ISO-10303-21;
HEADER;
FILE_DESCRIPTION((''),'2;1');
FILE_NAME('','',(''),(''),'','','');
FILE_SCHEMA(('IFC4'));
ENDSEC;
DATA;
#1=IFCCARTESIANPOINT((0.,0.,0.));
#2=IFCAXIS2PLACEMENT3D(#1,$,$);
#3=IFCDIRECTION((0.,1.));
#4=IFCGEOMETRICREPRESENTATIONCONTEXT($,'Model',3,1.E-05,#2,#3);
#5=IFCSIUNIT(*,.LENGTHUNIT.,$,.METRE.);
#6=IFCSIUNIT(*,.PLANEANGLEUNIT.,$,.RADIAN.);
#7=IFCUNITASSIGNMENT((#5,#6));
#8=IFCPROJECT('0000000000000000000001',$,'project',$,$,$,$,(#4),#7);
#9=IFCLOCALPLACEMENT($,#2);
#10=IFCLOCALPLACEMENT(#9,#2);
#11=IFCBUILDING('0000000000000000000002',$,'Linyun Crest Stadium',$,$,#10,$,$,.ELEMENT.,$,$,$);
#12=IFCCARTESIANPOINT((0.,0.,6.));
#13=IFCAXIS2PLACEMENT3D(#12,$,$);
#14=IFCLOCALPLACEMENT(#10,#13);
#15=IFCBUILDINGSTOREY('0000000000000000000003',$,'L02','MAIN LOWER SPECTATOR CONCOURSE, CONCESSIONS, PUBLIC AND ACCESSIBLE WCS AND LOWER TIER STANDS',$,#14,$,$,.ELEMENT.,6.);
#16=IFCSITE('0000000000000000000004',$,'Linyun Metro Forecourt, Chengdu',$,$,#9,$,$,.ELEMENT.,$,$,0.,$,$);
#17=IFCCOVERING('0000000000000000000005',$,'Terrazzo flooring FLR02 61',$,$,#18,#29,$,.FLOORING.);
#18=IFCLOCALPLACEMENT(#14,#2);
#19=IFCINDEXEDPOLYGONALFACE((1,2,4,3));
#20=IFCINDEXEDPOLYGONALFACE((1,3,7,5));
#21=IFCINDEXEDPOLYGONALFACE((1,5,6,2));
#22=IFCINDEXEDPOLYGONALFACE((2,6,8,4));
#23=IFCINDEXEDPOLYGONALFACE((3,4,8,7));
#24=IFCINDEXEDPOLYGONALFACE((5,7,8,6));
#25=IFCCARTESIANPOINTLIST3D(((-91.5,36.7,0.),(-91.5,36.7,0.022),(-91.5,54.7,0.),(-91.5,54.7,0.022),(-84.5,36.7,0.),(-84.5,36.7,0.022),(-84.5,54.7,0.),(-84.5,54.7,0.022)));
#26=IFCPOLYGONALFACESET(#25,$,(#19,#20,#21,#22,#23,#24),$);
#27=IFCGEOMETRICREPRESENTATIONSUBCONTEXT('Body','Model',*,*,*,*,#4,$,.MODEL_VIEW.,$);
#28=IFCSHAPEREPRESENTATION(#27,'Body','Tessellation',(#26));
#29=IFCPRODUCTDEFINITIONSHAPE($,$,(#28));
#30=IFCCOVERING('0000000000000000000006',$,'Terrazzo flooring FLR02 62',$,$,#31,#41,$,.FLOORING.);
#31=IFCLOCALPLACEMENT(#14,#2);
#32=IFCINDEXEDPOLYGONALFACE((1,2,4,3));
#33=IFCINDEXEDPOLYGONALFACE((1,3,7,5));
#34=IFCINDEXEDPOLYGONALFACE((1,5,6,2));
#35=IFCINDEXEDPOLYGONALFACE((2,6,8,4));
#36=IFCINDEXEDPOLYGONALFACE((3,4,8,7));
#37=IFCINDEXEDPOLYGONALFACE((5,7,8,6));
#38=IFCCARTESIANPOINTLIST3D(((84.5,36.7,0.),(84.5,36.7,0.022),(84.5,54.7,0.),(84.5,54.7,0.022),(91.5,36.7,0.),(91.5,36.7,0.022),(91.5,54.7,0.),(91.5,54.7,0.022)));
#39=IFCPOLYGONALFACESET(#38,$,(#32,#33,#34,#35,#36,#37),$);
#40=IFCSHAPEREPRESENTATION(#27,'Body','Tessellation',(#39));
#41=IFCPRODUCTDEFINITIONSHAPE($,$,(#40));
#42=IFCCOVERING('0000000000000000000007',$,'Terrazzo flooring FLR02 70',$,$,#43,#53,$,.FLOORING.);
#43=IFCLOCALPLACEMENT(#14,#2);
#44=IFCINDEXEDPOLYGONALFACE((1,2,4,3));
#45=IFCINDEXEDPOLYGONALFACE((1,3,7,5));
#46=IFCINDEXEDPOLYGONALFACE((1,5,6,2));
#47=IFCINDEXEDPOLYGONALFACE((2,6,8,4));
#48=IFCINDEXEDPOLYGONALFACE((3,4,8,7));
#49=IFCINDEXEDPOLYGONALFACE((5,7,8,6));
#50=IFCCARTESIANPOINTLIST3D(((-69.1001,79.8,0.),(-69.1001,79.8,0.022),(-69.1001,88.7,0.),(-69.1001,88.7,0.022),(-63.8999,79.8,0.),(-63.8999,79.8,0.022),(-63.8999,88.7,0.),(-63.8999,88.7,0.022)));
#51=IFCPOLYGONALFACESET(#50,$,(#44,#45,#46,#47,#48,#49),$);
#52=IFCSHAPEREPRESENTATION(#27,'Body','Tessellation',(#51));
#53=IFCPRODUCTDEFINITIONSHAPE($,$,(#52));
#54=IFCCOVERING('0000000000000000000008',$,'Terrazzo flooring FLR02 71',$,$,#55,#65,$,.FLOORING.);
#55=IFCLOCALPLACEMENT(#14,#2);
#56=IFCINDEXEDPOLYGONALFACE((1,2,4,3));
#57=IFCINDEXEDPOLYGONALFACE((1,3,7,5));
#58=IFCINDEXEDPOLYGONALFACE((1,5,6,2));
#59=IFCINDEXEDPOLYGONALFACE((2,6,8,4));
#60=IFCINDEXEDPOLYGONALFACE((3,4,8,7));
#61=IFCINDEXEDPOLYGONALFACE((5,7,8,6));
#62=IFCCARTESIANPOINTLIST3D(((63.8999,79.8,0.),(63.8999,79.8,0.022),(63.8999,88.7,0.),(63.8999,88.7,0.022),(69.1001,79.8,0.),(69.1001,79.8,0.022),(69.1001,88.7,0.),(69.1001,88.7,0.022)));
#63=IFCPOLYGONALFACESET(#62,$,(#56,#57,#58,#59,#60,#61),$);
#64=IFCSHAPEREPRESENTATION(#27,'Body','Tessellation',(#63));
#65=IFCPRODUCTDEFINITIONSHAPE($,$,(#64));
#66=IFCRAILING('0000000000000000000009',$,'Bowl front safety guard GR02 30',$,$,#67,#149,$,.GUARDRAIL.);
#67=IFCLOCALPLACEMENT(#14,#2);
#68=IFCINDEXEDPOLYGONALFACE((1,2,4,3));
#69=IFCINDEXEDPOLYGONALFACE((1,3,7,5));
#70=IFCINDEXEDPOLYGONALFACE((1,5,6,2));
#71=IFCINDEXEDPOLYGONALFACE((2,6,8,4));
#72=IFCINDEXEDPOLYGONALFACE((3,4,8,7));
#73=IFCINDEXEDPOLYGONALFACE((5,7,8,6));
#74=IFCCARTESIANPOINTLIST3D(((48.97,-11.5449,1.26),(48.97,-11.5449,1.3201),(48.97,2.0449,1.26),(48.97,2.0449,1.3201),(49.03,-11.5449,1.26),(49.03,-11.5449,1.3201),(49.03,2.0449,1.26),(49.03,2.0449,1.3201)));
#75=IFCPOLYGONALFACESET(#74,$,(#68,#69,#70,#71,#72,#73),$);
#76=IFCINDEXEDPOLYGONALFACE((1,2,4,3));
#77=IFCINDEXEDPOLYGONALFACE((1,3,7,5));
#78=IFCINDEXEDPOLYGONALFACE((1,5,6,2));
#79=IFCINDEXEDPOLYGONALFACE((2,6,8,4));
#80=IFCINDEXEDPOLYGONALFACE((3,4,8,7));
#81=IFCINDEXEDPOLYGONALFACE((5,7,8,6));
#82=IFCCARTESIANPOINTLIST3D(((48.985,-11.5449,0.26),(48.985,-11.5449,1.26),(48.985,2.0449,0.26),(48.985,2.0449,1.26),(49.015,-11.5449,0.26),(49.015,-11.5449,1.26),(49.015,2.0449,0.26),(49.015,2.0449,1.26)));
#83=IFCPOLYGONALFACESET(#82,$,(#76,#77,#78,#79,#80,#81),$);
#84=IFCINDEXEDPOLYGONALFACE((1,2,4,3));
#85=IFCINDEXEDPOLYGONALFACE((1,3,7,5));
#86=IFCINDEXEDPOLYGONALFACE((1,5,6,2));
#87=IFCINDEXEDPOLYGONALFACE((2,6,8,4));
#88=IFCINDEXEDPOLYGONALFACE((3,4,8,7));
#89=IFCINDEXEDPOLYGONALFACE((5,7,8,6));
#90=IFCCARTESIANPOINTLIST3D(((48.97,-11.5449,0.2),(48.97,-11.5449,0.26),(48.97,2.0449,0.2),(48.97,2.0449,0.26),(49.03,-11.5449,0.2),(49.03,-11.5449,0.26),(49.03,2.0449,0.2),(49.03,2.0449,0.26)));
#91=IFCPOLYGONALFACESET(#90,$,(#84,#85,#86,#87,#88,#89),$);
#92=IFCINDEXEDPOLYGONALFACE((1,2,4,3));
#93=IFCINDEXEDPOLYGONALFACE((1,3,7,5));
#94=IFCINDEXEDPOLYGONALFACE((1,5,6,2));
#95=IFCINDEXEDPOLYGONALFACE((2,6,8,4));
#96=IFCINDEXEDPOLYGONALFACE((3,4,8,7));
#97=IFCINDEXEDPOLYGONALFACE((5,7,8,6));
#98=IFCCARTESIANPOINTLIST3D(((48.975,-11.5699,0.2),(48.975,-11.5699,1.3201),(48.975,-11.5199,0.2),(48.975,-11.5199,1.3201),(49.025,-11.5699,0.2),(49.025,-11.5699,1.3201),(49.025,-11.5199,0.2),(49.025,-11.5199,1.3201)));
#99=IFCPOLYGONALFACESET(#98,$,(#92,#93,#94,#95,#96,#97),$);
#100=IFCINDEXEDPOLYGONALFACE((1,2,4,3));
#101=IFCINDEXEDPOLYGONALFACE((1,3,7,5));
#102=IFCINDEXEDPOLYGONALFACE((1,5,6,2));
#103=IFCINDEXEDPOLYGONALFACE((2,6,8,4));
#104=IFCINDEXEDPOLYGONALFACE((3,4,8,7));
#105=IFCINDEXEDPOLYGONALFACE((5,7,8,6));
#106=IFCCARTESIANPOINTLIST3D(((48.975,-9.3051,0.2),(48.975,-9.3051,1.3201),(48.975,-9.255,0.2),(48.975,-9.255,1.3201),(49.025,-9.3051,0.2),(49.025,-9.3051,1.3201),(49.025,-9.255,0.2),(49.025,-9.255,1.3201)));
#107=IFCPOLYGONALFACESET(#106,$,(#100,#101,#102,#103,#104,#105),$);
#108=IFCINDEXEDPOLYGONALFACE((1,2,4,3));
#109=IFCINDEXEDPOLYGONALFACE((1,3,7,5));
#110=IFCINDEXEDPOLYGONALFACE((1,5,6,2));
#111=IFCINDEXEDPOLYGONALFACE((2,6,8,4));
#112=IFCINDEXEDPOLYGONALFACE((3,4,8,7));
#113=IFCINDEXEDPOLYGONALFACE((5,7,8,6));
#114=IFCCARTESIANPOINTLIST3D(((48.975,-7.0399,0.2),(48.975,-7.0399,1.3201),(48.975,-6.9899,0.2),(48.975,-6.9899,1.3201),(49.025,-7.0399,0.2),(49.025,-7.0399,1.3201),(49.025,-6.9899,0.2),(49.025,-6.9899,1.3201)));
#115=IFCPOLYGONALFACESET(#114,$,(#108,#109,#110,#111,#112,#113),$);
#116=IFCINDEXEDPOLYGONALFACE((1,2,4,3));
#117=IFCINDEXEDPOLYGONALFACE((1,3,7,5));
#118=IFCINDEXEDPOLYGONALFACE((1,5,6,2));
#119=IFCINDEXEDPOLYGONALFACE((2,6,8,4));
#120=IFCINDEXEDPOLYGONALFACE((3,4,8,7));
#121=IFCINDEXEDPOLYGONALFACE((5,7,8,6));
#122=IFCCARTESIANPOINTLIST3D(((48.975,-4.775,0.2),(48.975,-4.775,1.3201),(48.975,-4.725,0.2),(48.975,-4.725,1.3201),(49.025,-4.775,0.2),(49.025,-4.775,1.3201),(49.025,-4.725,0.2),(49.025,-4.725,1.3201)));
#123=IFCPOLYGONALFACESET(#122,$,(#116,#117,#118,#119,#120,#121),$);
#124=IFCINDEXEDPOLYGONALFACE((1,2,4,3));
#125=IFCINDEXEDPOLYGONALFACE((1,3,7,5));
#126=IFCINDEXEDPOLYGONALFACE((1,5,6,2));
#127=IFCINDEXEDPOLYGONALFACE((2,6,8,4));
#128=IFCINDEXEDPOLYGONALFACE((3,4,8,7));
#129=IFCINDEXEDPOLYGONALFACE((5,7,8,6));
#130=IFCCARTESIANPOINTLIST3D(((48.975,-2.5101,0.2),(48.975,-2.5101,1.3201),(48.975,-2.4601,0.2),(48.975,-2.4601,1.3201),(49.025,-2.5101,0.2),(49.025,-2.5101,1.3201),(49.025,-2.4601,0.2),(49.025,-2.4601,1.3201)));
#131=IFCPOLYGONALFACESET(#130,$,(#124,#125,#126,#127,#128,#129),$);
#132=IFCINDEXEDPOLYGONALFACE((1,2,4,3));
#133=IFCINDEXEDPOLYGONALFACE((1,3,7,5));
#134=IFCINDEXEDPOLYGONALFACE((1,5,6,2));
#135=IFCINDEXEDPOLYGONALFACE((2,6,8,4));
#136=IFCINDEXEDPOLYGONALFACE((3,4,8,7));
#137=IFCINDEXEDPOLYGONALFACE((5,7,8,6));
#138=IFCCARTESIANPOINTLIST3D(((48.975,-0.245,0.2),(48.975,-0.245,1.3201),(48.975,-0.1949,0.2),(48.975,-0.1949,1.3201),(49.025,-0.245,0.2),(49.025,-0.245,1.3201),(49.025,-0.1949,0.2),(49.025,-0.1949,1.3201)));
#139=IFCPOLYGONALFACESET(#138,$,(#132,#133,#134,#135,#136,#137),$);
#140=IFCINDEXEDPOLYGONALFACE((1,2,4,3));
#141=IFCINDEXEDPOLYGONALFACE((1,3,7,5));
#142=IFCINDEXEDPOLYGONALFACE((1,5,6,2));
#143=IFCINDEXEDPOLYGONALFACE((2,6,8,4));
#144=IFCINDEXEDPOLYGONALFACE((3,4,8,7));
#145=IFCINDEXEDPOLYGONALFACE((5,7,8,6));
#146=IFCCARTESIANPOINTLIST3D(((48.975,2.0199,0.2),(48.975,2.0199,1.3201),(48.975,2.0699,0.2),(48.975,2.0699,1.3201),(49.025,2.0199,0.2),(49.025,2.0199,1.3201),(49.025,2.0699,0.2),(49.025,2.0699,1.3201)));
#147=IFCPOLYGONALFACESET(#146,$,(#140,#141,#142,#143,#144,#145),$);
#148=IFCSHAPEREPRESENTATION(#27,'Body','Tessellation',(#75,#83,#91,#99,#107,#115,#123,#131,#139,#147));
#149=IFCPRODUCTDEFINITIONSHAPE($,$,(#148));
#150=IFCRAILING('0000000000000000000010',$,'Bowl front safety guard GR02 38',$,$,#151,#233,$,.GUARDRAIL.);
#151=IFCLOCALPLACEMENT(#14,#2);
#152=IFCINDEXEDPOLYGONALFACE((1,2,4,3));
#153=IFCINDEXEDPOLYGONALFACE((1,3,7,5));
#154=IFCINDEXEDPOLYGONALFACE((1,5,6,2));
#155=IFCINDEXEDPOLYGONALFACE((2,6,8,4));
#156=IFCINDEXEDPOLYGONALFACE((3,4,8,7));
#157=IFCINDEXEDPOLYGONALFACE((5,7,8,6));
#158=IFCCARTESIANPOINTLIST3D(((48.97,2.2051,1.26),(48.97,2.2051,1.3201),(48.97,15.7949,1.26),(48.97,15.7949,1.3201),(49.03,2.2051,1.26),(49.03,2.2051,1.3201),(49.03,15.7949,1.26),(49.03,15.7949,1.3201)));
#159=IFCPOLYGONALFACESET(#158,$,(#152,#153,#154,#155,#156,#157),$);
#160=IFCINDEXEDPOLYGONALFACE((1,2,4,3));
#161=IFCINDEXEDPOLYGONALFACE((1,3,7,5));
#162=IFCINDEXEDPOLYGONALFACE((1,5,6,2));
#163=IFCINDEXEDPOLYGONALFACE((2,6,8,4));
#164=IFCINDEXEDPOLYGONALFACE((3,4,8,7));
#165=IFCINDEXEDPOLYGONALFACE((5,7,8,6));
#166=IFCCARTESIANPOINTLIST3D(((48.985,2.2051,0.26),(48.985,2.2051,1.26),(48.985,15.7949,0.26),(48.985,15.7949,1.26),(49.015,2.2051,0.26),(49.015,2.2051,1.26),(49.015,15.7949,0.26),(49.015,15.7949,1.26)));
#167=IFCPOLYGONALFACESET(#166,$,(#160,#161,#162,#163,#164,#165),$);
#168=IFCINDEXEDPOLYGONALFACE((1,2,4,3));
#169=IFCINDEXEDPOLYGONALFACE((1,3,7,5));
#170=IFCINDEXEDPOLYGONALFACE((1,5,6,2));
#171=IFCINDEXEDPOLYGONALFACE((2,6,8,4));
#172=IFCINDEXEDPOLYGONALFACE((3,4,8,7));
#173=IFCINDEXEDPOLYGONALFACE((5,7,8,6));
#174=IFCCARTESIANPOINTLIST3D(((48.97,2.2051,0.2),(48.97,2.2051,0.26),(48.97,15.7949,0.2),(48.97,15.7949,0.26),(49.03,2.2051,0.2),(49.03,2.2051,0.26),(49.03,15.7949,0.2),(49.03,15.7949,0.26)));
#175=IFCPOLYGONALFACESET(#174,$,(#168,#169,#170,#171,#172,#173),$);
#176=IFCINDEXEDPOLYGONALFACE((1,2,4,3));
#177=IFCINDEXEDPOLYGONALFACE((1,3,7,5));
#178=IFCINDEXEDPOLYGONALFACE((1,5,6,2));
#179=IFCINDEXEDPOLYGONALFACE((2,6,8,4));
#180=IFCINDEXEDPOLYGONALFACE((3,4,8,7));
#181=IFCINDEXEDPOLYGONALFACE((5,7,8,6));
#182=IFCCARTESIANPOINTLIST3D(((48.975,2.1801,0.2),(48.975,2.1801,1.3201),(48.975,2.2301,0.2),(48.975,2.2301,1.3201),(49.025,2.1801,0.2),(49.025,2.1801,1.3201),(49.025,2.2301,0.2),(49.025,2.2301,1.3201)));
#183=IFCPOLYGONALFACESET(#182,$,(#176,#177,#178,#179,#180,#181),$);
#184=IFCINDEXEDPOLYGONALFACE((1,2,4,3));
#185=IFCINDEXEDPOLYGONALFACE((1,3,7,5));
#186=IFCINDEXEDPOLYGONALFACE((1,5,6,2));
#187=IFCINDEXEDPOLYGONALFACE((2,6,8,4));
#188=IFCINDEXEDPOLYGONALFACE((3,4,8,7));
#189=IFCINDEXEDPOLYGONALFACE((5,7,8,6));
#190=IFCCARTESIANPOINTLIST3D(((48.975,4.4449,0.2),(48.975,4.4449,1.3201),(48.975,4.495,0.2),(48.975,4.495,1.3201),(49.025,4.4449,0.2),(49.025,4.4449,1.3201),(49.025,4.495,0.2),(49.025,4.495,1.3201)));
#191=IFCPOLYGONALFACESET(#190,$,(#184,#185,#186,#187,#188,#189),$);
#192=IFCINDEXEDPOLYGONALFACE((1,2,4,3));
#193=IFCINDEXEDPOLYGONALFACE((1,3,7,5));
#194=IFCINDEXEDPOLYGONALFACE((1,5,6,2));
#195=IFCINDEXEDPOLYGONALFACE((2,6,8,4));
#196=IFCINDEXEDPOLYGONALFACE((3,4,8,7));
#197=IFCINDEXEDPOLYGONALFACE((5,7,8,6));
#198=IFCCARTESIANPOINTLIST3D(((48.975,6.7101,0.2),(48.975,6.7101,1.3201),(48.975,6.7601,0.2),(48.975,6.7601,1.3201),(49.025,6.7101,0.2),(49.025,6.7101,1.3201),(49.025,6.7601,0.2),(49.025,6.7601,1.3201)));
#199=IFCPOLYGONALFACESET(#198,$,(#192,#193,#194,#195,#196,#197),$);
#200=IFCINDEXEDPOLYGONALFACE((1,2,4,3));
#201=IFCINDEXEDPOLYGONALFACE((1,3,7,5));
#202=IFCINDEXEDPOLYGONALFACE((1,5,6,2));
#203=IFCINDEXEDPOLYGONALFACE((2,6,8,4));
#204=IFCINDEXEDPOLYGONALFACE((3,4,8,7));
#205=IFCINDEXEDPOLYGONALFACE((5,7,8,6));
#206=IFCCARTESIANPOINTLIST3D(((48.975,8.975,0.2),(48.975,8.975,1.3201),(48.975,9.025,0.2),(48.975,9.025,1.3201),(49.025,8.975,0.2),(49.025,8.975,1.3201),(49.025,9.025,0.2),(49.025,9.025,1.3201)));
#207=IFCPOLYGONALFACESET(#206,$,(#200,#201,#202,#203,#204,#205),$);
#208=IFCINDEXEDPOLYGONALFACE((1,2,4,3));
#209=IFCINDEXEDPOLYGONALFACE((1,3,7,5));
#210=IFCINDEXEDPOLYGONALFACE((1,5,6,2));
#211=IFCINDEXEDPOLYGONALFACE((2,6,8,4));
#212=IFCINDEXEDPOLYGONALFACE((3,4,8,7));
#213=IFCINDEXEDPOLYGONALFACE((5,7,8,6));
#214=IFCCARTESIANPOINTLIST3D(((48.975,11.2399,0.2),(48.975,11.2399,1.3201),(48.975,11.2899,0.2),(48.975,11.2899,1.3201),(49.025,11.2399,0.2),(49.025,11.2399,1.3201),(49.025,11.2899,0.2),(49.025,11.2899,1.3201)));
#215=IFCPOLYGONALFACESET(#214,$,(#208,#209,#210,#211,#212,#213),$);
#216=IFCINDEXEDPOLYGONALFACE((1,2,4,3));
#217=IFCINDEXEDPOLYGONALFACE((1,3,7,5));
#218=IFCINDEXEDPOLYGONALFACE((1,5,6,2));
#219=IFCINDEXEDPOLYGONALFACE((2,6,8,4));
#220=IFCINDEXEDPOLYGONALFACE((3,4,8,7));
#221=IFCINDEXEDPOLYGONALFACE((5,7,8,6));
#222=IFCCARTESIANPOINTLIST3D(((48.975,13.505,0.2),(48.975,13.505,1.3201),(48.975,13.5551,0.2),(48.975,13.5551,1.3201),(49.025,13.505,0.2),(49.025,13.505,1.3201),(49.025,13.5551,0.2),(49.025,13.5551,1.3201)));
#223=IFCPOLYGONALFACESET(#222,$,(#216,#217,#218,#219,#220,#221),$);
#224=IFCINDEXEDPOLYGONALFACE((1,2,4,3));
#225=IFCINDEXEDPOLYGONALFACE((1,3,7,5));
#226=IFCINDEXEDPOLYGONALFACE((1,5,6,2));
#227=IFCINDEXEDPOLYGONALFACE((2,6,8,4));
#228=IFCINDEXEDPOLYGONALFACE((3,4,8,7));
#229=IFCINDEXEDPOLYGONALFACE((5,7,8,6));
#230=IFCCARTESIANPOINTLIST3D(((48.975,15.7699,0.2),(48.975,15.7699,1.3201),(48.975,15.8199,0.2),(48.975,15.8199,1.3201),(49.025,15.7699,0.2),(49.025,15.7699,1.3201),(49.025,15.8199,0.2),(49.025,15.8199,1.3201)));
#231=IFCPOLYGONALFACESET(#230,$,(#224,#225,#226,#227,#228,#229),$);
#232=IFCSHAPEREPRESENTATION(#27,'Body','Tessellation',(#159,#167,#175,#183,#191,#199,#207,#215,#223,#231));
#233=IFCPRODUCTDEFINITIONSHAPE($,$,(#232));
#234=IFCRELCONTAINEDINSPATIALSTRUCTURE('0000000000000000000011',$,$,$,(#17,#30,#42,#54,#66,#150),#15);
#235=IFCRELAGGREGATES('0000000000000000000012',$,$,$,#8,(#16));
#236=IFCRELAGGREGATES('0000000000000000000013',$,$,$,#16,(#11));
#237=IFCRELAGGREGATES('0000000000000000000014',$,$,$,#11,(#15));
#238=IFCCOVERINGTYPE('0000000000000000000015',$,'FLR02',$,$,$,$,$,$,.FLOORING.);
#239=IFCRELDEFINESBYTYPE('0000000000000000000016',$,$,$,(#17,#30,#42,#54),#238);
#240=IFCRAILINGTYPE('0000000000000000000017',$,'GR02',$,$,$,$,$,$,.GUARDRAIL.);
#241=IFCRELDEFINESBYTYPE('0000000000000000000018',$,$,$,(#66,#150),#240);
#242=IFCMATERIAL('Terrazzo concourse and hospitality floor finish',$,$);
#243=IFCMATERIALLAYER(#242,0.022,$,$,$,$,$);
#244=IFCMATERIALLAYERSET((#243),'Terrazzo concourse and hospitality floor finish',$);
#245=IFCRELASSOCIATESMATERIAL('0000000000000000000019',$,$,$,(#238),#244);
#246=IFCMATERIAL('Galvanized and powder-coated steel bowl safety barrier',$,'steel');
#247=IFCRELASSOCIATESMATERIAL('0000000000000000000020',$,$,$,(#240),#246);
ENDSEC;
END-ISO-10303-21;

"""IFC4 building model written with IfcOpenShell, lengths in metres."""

from ifc_helpers import new_model, si_unit, direction, frame, origin, origin_2d, place, context, subcontext, project, spatial, polyline, rectangle, outline, extrude, material, layer, layer_set, type_object, element, save


model = new_model("IFC4")

# Units and contexts
model_context = context("Model", 3, precision=1e-05, world=origin(), true_north=direction((0.0, 1.0)))
body_context = subcontext(model_context, "Body", "Model", "MODEL_VIEW")
ifc_project = project(units=[si_unit("LENGTHUNIT", "METRE"), si_unit("PLANEANGLEUNIT", "RADIAN")], contexts=[model_context])

# Site, building, storey
site_placement = place(None, origin())
site = spatial("IfcSite", under=ifc_project, at=site_placement, Name="Linyun Metro Forecourt, Chengdu", CompositionType="ELEMENT", RefElevation=0.0)
building_placement = place(site_placement, origin())
building = spatial("IfcBuilding", under=site, at=building_placement, Name="Linyun Crest Stadium", CompositionType="ELEMENT")
storey_placement = place(building_placement, frame((0.0, 0.0, 6.0)))
storey = spatial("IfcBuildingStorey", under=building, at=storey_placement, Name="L02", Description="MAIN LOWER SPECTATOR CONCOURSE, CONCESSIONS, PUBLIC AND ACCESSIBLE WCS AND LOWER TIER STANDS", CompositionType="ELEMENT", Elevation=6.0)

# Coverings
ifc_material_1 = material(Name="Terrazzo concourse and hospitality floor finish")
ifc_layer_1 = layer(ifc_material_1, 0.022)
ifc_layer_set_1 = layer_set([ifc_layer_1], Name="Terrazzo concourse and hospitality floor finish")
covering_type = type_object("IfcCoveringType", Name="FLR02", PredefinedType="FLOORING", material=ifc_layer_set_1)
covering_1_placement = place(storey_placement, origin())
element("IfcCovering", 1, at=covering_1_placement, inside=storey, type_object=covering_type, Name="Terrazzo flooring FLR02 61", PredefinedType="FLOORING", context=body_context, shape_type="SweptSolid", body=[
    extrude(outline(polyline([(-91.5, 36.7), (-84.5, 36.7), (-84.5, 54.7), (-91.5, 54.7), (-91.5, 36.7)])), origin(), (0.0, 0.0, 1.0), 0.022),
])
covering_2_placement = place(storey_placement, origin())
element("IfcCovering", 2, at=covering_2_placement, inside=storey, type_object=covering_type, Name="Terrazzo flooring FLR02 62", PredefinedType="FLOORING", context=body_context, shape_type="SweptSolid", body=[
    extrude(outline(polyline([(84.5, 36.7), (91.5, 36.7), (91.5, 54.7), (84.5, 54.7), (84.5, 36.7)])), origin(), (0.0, 0.0, 1.0), 0.022),
])
covering_3_placement = place(storey_placement, origin())
element("IfcCovering", 3, at=covering_3_placement, inside=storey, type_object=covering_type, Name="Terrazzo flooring FLR02 70", PredefinedType="FLOORING", context=body_context, shape_type="SweptSolid", body=[
    extrude(outline(polyline([(-69.1001, 79.8), (-63.8999, 79.8), (-63.8999, 88.7), (-69.1001, 88.7), (-69.1001, 79.8)])), origin(), (0.0, 0.0, 1.0), 0.022),
])
covering_4_placement = place(storey_placement, origin())
element("IfcCovering", 4, at=covering_4_placement, inside=storey, type_object=covering_type, Name="Terrazzo flooring FLR02 71", PredefinedType="FLOORING", context=body_context, shape_type="SweptSolid", body=[
    extrude(outline(polyline([(63.8999, 79.8), (69.1001, 79.8), (69.1001, 88.7), (63.8999, 88.7), (63.8999, 79.8)])), origin(), (0.0, 0.0, 1.0), 0.022),
])

# Railings
ifc_material_2 = material(Name="Galvanized and powder-coated steel bowl safety barrier", Category="steel")
railing_type = type_object("IfcRailingType", Name="GR02", PredefinedType="GUARDRAIL", material=ifc_material_2)
for number, where, name in (
    (5, (49.0, -11.5449, 0.2), "Bowl front safety guard GR02 30"),
    (6, (49.0, 2.2051, 0.2), "Bowl front safety guard GR02 38"),
):
    element("IfcRailing", number, at=place(storey_placement, frame(where)), inside=storey, type_object=railing_type, Name=name, PredefinedType="GUARDRAIL", context=body_context, shape_type="SweptSolid", body=[
        extrude(rectangle(XDim=0.0601, YDim=0.0601, at=origin_2d()), frame((0.0, 0.0, 1.0901), z_axis=(0.0, 1.0, 0.0), x_axis=(-1.0, 0.0, 0.0)), (0.0, 0.0, 1.0), 13.5898),
        extrude(rectangle(XDim=0.03, YDim=1.0, at=origin_2d()), frame((0.0, 0.0, 0.5601), z_axis=(0.0, 1.0, 0.0), x_axis=(-1.0, 0.0, 0.0)), (0.0, 0.0, 1.0), 13.5898),
        extrude(rectangle(XDim=0.0601, YDim=0.0601, at=origin_2d()), frame((0.0, 0.0, 0.03), z_axis=(0.0, 1.0, 0.0), x_axis=(-1.0, 0.0, 0.0)), (0.0, 0.0, 1.0), 13.5898),
        extrude(rectangle(XDim=0.05, YDim=0.05, at=origin_2d()), origin(), (0.0, 0.0, 1.0), 1.1201),
        extrude(rectangle(XDim=0.05, YDim=0.05, at=origin_2d()), frame((0.0, 2.2649, 0.0)), (0.0, 0.0, 1.0), 1.1201),
        extrude(rectangle(XDim=0.05, YDim=0.05, at=origin_2d()), frame((0.0, 4.53, 0.0)), (0.0, 0.0, 1.0), 1.1201),
        extrude(rectangle(XDim=0.05, YDim=0.05, at=origin_2d()), frame((0.0, 6.7949, 0.0)), (0.0, 0.0, 1.0), 1.1201),
        extrude(rectangle(XDim=0.05, YDim=0.05, at=origin_2d()), frame((0.0, 9.0598, 0.0)), (0.0, 0.0, 1.0), 1.1201),
        extrude(rectangle(XDim=0.05, YDim=0.05, at=origin_2d()), frame((0.0, 11.325, 0.0)), (0.0, 0.0, 1.0), 1.1201),
        extrude(rectangle(XDim=0.05, YDim=0.05, at=origin_2d()), frame((0.0, 13.5898, 0.0)), (0.0, 0.0, 1.0), 1.1201),
    ])

save(model, "model.ifc")
